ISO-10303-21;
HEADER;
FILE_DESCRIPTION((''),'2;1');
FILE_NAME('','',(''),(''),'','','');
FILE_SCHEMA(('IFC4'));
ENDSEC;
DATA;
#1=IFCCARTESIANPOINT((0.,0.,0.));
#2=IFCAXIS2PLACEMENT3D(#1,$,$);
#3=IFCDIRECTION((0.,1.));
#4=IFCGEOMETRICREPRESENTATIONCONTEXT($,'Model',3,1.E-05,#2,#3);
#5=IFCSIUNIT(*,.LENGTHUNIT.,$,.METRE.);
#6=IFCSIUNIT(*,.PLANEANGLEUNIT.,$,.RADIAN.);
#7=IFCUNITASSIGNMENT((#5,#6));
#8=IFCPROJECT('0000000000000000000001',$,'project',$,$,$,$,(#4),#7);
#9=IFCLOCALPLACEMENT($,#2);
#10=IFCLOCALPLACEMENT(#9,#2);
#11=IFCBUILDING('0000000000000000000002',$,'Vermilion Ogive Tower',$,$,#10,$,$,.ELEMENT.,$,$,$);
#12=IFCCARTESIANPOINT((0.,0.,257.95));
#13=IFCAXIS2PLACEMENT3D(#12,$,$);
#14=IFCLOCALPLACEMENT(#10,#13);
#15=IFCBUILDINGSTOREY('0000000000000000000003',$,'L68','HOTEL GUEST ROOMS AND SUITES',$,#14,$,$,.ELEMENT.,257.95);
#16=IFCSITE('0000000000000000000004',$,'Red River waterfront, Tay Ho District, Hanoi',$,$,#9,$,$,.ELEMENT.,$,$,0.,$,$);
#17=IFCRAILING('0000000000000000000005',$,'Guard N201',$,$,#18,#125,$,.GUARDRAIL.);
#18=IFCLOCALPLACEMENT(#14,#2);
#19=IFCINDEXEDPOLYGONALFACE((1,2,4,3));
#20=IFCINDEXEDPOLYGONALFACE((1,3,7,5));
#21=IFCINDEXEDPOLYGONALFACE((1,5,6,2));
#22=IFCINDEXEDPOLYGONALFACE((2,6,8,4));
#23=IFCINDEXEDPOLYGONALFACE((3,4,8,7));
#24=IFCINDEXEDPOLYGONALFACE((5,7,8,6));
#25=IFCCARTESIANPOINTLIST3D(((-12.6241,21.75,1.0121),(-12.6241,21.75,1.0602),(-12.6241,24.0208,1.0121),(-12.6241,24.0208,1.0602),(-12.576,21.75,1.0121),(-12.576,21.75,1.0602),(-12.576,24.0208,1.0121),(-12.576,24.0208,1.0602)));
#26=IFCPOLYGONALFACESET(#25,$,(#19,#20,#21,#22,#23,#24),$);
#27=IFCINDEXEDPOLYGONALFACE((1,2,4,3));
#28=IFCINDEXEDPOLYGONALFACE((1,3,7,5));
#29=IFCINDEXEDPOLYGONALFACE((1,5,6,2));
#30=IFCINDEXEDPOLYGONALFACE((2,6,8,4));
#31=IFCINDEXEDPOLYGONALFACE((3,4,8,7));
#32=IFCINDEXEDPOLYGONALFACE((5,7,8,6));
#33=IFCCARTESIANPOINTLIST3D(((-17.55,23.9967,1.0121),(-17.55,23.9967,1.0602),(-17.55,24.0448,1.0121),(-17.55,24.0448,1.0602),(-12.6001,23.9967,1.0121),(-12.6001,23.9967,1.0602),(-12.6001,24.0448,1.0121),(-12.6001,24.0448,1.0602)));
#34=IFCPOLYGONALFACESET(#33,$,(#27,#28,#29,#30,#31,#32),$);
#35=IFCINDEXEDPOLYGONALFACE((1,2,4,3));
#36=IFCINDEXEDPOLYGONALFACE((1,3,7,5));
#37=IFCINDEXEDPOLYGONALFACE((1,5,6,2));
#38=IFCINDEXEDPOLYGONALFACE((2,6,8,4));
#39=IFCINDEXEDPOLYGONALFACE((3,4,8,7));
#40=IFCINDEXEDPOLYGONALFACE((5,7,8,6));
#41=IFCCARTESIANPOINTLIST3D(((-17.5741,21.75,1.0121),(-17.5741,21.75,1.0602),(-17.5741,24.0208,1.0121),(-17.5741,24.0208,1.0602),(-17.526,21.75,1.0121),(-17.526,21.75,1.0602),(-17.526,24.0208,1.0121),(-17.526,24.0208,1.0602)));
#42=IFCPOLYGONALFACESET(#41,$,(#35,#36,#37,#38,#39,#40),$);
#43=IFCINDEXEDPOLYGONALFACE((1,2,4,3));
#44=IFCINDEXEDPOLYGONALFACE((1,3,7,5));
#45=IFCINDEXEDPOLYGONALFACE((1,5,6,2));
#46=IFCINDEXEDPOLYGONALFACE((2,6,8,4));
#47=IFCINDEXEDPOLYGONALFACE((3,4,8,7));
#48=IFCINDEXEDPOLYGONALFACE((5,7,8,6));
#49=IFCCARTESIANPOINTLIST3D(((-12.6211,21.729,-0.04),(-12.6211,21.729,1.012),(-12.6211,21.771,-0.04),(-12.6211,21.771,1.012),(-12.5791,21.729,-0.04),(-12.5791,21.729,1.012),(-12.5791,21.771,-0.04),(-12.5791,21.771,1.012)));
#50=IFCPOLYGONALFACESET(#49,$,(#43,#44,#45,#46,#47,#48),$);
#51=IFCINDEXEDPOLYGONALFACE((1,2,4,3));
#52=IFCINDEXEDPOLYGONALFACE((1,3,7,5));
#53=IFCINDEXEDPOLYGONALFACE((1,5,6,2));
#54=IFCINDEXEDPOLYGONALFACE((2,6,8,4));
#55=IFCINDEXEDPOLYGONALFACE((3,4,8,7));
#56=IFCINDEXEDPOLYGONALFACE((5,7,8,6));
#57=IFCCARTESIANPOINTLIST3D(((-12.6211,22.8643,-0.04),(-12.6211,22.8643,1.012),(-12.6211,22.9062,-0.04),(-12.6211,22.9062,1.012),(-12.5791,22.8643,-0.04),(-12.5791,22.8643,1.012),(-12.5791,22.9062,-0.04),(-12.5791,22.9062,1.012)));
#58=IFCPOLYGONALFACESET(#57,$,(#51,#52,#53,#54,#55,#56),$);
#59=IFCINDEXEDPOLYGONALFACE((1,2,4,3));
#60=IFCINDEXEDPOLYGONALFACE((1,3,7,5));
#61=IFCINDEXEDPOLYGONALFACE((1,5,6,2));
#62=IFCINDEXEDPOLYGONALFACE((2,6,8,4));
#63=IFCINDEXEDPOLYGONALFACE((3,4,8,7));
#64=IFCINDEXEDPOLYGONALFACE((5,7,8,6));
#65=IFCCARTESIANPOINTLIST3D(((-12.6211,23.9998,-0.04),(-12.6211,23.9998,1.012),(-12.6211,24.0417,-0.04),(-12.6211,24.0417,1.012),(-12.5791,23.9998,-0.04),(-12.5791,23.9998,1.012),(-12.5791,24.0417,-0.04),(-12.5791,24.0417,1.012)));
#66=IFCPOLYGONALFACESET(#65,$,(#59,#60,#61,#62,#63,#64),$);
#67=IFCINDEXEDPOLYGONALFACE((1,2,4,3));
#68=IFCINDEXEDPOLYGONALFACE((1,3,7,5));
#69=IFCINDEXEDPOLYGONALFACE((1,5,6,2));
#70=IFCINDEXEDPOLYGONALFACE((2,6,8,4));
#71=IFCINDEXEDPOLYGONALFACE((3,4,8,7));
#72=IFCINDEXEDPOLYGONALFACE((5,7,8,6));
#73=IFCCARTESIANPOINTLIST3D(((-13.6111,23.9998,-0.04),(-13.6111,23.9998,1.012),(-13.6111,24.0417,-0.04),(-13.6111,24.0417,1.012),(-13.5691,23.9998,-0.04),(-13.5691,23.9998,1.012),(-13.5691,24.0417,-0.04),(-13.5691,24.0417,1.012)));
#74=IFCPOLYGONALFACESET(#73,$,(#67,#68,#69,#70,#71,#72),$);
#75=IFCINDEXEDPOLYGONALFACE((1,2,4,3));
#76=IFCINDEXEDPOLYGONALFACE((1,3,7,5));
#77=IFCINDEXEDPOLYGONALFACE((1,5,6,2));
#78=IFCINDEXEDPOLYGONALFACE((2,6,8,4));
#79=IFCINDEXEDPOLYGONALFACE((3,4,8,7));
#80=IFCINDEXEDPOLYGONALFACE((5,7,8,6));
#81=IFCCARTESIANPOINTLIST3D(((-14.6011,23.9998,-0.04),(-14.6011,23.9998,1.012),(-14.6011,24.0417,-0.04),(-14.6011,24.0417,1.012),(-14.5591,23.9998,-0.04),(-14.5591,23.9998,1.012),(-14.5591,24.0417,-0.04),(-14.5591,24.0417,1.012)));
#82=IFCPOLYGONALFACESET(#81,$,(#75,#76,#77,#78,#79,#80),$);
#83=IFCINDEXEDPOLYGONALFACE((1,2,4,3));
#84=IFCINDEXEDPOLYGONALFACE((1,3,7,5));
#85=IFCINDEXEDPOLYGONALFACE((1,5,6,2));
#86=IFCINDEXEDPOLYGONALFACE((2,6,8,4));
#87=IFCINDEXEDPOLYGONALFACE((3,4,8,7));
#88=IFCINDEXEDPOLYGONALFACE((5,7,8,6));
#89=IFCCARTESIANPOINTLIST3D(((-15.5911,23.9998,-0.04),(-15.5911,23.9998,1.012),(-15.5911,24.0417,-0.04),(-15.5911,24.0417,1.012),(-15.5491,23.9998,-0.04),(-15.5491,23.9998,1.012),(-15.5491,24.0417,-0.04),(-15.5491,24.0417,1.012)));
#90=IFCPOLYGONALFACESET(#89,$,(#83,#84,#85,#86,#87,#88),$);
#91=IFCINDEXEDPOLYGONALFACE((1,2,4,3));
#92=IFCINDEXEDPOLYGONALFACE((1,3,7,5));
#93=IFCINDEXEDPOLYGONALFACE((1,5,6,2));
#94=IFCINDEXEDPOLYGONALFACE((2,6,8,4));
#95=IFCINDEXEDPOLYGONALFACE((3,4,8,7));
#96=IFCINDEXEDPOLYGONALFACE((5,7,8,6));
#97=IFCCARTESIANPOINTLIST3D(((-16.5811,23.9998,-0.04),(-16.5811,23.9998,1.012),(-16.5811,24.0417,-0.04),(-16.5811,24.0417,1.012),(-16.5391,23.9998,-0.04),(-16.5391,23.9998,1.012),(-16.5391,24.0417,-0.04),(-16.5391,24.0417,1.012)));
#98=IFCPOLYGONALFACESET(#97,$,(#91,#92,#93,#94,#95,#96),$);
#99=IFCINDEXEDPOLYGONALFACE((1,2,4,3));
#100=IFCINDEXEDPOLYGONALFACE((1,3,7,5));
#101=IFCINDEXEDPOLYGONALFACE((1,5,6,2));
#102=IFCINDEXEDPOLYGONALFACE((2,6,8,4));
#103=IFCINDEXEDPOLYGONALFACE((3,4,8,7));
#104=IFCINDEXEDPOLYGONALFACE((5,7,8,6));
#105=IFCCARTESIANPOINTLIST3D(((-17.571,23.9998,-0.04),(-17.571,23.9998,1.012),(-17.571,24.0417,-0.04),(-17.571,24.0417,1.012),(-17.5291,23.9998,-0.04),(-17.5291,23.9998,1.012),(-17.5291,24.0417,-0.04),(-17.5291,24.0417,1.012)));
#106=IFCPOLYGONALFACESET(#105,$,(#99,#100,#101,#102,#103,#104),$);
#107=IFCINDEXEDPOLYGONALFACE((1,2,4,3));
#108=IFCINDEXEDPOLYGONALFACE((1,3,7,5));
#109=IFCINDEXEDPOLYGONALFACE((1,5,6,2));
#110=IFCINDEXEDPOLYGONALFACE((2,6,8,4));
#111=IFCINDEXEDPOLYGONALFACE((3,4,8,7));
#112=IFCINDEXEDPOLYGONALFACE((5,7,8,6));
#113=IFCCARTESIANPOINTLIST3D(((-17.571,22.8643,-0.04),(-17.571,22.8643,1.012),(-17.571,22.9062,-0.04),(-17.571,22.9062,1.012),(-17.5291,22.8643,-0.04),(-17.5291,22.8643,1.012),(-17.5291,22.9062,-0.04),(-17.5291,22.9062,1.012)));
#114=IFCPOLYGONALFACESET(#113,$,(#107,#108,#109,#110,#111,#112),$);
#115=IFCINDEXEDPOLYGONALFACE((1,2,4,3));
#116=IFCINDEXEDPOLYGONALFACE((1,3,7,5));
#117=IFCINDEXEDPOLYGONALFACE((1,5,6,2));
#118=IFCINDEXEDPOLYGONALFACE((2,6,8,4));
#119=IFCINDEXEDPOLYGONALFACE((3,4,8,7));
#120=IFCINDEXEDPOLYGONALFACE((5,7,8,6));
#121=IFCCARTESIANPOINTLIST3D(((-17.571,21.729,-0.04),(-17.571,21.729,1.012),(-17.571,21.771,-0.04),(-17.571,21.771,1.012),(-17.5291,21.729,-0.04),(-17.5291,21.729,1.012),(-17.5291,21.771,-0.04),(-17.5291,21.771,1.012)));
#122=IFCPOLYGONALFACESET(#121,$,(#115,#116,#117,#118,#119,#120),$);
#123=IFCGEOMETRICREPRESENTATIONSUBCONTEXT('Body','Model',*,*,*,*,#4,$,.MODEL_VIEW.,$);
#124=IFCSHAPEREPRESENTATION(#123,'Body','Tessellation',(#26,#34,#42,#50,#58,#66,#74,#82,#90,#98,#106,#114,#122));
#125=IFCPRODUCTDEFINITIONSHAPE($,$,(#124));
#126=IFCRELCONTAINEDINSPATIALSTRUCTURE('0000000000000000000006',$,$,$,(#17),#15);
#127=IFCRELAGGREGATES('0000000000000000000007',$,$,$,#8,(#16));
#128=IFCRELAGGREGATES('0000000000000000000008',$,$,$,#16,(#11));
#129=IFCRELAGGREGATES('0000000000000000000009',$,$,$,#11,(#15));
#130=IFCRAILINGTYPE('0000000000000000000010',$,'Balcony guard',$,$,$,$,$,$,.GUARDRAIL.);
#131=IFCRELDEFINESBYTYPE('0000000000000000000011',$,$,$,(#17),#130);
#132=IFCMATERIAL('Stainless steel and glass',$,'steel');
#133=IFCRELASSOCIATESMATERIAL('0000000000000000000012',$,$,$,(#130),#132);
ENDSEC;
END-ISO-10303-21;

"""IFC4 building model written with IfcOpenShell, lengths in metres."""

from ifc_helpers import new_model, si_unit, direction, frame, origin, origin_2d, place, context, subcontext, project, spatial, rectangle, extrude, material, type_object, element, save


model = new_model("IFC4")

# Units and contexts
model_context = context("Model", 3, precision=1e-05, world=origin(), true_north=direction((0.0, 1.0)))
body_context = subcontext(model_context, "Body", "Model", "MODEL_VIEW")
ifc_project = project(units=[si_unit("LENGTHUNIT", "METRE"), si_unit("PLANEANGLEUNIT", "RADIAN")], contexts=[model_context])

# Site, building, storey
site_placement = place(None, origin())
site = spatial("IfcSite", under=ifc_project, at=site_placement, Name="Red River waterfront, Tay Ho District, Hanoi", CompositionType="ELEMENT", RefElevation=0.0)
building_placement = place(site_placement, origin())
building = spatial("IfcBuilding", under=site, at=building_placement, Name="Vermilion Ogive Tower", CompositionType="ELEMENT")
storey_placement = place(building_placement, frame((0.0, 0.0, 257.95)))
storey = spatial("IfcBuildingStorey", under=building, at=storey_placement, Name="L68", Description="HOTEL GUEST ROOMS AND SUITES", CompositionType="ELEMENT", Elevation=257.95)

# Railing
ifc_material_1 = material(Name="Stainless steel and glass", Category="steel")
railing_type = type_object("IfcRailingType", Name="Balcony guard", PredefinedType="GUARDRAIL", material=ifc_material_1)
railing_placement = place(storey_placement, frame((-12.6001, 21.75, -0.04)))
element("IfcRailing", 1, at=railing_placement, inside=storey, type_object=railing_type, Name="Guard N201", PredefinedType="GUARDRAIL", context=body_context, shape_type="SweptSolid", body=[
    extrude(rectangle(XDim=0.0481, YDim=0.0481, at=origin_2d()), frame((0.0, 0.0, 1.0762), z_axis=(0.0, 1.0, 0.0), x_axis=(-1.0, 0.0, 0.0)), (0.0, 0.0, 1.0), 2.2708),
    extrude(rectangle(XDim=0.0481, YDim=0.0481, at=origin_2d()), frame((0.0, 2.2708, 1.0762), z_axis=(-1.0, 0.0, 0.0), x_axis=(0.0, -1.0, 0.0)), (0.0, 0.0, 1.0), 4.95),
    extrude(rectangle(XDim=0.0481, YDim=0.0481, at=origin_2d()), frame((-4.95, 2.2708, 1.0762), z_axis=(0.0, -1.0, 0.0), x_axis=(1.0, 0.0, 0.0)), (0.0, 0.0, 1.0), 2.2708),
    extrude(rectangle(XDim=0.042, YDim=0.042, at=origin_2d()), origin(), (0.0, 0.0, 1.0), 1.052),
    extrude(rectangle(XDim=0.042, YDim=0.042, at=origin_2d()), frame((0.0, 1.1353, 0.0)), (0.0, 0.0, 1.0), 1.052),
    extrude(rectangle(XDim=0.042, YDim=0.042, at=origin_2d()), frame((0.0, 2.2708, 0.0)), (0.0, 0.0, 1.0), 1.052),
    extrude(rectangle(XDim=0.042, YDim=0.042, at=origin_2d()), frame((-0.99, 2.2708, 0.0)), (0.0, 0.0, 1.0), 1.052),
    extrude(rectangle(XDim=0.042, YDim=0.042, at=origin_2d()), frame((-1.98, 2.2708, 0.0)), (0.0, 0.0, 1.0), 1.052),
    extrude(rectangle(XDim=0.042, YDim=0.042, at=origin_2d()), frame((-2.97, 2.2708, 0.0)), (0.0, 0.0, 1.0), 1.052),
    extrude(rectangle(XDim=0.042, YDim=0.042, at=origin_2d()), frame((-3.96, 2.2708, 0.0)), (0.0, 0.0, 1.0), 1.052),
    extrude(rectangle(XDim=0.042, YDim=0.042, at=origin_2d()), frame((-4.95, 2.2708, 0.0)), (0.0, 0.0, 1.0), 1.052),
    extrude(rectangle(XDim=0.042, YDim=0.042, at=origin_2d()), frame((-4.95, 1.1353, 0.0)), (0.0, 0.0, 1.0), 1.052),
    extrude(rectangle(XDim=0.042, YDim=0.042, at=origin_2d()), frame((-4.95, 0.0, 0.0)), (0.0, 0.0, 1.0), 1.052),
])

save(model, "model.ifc")
